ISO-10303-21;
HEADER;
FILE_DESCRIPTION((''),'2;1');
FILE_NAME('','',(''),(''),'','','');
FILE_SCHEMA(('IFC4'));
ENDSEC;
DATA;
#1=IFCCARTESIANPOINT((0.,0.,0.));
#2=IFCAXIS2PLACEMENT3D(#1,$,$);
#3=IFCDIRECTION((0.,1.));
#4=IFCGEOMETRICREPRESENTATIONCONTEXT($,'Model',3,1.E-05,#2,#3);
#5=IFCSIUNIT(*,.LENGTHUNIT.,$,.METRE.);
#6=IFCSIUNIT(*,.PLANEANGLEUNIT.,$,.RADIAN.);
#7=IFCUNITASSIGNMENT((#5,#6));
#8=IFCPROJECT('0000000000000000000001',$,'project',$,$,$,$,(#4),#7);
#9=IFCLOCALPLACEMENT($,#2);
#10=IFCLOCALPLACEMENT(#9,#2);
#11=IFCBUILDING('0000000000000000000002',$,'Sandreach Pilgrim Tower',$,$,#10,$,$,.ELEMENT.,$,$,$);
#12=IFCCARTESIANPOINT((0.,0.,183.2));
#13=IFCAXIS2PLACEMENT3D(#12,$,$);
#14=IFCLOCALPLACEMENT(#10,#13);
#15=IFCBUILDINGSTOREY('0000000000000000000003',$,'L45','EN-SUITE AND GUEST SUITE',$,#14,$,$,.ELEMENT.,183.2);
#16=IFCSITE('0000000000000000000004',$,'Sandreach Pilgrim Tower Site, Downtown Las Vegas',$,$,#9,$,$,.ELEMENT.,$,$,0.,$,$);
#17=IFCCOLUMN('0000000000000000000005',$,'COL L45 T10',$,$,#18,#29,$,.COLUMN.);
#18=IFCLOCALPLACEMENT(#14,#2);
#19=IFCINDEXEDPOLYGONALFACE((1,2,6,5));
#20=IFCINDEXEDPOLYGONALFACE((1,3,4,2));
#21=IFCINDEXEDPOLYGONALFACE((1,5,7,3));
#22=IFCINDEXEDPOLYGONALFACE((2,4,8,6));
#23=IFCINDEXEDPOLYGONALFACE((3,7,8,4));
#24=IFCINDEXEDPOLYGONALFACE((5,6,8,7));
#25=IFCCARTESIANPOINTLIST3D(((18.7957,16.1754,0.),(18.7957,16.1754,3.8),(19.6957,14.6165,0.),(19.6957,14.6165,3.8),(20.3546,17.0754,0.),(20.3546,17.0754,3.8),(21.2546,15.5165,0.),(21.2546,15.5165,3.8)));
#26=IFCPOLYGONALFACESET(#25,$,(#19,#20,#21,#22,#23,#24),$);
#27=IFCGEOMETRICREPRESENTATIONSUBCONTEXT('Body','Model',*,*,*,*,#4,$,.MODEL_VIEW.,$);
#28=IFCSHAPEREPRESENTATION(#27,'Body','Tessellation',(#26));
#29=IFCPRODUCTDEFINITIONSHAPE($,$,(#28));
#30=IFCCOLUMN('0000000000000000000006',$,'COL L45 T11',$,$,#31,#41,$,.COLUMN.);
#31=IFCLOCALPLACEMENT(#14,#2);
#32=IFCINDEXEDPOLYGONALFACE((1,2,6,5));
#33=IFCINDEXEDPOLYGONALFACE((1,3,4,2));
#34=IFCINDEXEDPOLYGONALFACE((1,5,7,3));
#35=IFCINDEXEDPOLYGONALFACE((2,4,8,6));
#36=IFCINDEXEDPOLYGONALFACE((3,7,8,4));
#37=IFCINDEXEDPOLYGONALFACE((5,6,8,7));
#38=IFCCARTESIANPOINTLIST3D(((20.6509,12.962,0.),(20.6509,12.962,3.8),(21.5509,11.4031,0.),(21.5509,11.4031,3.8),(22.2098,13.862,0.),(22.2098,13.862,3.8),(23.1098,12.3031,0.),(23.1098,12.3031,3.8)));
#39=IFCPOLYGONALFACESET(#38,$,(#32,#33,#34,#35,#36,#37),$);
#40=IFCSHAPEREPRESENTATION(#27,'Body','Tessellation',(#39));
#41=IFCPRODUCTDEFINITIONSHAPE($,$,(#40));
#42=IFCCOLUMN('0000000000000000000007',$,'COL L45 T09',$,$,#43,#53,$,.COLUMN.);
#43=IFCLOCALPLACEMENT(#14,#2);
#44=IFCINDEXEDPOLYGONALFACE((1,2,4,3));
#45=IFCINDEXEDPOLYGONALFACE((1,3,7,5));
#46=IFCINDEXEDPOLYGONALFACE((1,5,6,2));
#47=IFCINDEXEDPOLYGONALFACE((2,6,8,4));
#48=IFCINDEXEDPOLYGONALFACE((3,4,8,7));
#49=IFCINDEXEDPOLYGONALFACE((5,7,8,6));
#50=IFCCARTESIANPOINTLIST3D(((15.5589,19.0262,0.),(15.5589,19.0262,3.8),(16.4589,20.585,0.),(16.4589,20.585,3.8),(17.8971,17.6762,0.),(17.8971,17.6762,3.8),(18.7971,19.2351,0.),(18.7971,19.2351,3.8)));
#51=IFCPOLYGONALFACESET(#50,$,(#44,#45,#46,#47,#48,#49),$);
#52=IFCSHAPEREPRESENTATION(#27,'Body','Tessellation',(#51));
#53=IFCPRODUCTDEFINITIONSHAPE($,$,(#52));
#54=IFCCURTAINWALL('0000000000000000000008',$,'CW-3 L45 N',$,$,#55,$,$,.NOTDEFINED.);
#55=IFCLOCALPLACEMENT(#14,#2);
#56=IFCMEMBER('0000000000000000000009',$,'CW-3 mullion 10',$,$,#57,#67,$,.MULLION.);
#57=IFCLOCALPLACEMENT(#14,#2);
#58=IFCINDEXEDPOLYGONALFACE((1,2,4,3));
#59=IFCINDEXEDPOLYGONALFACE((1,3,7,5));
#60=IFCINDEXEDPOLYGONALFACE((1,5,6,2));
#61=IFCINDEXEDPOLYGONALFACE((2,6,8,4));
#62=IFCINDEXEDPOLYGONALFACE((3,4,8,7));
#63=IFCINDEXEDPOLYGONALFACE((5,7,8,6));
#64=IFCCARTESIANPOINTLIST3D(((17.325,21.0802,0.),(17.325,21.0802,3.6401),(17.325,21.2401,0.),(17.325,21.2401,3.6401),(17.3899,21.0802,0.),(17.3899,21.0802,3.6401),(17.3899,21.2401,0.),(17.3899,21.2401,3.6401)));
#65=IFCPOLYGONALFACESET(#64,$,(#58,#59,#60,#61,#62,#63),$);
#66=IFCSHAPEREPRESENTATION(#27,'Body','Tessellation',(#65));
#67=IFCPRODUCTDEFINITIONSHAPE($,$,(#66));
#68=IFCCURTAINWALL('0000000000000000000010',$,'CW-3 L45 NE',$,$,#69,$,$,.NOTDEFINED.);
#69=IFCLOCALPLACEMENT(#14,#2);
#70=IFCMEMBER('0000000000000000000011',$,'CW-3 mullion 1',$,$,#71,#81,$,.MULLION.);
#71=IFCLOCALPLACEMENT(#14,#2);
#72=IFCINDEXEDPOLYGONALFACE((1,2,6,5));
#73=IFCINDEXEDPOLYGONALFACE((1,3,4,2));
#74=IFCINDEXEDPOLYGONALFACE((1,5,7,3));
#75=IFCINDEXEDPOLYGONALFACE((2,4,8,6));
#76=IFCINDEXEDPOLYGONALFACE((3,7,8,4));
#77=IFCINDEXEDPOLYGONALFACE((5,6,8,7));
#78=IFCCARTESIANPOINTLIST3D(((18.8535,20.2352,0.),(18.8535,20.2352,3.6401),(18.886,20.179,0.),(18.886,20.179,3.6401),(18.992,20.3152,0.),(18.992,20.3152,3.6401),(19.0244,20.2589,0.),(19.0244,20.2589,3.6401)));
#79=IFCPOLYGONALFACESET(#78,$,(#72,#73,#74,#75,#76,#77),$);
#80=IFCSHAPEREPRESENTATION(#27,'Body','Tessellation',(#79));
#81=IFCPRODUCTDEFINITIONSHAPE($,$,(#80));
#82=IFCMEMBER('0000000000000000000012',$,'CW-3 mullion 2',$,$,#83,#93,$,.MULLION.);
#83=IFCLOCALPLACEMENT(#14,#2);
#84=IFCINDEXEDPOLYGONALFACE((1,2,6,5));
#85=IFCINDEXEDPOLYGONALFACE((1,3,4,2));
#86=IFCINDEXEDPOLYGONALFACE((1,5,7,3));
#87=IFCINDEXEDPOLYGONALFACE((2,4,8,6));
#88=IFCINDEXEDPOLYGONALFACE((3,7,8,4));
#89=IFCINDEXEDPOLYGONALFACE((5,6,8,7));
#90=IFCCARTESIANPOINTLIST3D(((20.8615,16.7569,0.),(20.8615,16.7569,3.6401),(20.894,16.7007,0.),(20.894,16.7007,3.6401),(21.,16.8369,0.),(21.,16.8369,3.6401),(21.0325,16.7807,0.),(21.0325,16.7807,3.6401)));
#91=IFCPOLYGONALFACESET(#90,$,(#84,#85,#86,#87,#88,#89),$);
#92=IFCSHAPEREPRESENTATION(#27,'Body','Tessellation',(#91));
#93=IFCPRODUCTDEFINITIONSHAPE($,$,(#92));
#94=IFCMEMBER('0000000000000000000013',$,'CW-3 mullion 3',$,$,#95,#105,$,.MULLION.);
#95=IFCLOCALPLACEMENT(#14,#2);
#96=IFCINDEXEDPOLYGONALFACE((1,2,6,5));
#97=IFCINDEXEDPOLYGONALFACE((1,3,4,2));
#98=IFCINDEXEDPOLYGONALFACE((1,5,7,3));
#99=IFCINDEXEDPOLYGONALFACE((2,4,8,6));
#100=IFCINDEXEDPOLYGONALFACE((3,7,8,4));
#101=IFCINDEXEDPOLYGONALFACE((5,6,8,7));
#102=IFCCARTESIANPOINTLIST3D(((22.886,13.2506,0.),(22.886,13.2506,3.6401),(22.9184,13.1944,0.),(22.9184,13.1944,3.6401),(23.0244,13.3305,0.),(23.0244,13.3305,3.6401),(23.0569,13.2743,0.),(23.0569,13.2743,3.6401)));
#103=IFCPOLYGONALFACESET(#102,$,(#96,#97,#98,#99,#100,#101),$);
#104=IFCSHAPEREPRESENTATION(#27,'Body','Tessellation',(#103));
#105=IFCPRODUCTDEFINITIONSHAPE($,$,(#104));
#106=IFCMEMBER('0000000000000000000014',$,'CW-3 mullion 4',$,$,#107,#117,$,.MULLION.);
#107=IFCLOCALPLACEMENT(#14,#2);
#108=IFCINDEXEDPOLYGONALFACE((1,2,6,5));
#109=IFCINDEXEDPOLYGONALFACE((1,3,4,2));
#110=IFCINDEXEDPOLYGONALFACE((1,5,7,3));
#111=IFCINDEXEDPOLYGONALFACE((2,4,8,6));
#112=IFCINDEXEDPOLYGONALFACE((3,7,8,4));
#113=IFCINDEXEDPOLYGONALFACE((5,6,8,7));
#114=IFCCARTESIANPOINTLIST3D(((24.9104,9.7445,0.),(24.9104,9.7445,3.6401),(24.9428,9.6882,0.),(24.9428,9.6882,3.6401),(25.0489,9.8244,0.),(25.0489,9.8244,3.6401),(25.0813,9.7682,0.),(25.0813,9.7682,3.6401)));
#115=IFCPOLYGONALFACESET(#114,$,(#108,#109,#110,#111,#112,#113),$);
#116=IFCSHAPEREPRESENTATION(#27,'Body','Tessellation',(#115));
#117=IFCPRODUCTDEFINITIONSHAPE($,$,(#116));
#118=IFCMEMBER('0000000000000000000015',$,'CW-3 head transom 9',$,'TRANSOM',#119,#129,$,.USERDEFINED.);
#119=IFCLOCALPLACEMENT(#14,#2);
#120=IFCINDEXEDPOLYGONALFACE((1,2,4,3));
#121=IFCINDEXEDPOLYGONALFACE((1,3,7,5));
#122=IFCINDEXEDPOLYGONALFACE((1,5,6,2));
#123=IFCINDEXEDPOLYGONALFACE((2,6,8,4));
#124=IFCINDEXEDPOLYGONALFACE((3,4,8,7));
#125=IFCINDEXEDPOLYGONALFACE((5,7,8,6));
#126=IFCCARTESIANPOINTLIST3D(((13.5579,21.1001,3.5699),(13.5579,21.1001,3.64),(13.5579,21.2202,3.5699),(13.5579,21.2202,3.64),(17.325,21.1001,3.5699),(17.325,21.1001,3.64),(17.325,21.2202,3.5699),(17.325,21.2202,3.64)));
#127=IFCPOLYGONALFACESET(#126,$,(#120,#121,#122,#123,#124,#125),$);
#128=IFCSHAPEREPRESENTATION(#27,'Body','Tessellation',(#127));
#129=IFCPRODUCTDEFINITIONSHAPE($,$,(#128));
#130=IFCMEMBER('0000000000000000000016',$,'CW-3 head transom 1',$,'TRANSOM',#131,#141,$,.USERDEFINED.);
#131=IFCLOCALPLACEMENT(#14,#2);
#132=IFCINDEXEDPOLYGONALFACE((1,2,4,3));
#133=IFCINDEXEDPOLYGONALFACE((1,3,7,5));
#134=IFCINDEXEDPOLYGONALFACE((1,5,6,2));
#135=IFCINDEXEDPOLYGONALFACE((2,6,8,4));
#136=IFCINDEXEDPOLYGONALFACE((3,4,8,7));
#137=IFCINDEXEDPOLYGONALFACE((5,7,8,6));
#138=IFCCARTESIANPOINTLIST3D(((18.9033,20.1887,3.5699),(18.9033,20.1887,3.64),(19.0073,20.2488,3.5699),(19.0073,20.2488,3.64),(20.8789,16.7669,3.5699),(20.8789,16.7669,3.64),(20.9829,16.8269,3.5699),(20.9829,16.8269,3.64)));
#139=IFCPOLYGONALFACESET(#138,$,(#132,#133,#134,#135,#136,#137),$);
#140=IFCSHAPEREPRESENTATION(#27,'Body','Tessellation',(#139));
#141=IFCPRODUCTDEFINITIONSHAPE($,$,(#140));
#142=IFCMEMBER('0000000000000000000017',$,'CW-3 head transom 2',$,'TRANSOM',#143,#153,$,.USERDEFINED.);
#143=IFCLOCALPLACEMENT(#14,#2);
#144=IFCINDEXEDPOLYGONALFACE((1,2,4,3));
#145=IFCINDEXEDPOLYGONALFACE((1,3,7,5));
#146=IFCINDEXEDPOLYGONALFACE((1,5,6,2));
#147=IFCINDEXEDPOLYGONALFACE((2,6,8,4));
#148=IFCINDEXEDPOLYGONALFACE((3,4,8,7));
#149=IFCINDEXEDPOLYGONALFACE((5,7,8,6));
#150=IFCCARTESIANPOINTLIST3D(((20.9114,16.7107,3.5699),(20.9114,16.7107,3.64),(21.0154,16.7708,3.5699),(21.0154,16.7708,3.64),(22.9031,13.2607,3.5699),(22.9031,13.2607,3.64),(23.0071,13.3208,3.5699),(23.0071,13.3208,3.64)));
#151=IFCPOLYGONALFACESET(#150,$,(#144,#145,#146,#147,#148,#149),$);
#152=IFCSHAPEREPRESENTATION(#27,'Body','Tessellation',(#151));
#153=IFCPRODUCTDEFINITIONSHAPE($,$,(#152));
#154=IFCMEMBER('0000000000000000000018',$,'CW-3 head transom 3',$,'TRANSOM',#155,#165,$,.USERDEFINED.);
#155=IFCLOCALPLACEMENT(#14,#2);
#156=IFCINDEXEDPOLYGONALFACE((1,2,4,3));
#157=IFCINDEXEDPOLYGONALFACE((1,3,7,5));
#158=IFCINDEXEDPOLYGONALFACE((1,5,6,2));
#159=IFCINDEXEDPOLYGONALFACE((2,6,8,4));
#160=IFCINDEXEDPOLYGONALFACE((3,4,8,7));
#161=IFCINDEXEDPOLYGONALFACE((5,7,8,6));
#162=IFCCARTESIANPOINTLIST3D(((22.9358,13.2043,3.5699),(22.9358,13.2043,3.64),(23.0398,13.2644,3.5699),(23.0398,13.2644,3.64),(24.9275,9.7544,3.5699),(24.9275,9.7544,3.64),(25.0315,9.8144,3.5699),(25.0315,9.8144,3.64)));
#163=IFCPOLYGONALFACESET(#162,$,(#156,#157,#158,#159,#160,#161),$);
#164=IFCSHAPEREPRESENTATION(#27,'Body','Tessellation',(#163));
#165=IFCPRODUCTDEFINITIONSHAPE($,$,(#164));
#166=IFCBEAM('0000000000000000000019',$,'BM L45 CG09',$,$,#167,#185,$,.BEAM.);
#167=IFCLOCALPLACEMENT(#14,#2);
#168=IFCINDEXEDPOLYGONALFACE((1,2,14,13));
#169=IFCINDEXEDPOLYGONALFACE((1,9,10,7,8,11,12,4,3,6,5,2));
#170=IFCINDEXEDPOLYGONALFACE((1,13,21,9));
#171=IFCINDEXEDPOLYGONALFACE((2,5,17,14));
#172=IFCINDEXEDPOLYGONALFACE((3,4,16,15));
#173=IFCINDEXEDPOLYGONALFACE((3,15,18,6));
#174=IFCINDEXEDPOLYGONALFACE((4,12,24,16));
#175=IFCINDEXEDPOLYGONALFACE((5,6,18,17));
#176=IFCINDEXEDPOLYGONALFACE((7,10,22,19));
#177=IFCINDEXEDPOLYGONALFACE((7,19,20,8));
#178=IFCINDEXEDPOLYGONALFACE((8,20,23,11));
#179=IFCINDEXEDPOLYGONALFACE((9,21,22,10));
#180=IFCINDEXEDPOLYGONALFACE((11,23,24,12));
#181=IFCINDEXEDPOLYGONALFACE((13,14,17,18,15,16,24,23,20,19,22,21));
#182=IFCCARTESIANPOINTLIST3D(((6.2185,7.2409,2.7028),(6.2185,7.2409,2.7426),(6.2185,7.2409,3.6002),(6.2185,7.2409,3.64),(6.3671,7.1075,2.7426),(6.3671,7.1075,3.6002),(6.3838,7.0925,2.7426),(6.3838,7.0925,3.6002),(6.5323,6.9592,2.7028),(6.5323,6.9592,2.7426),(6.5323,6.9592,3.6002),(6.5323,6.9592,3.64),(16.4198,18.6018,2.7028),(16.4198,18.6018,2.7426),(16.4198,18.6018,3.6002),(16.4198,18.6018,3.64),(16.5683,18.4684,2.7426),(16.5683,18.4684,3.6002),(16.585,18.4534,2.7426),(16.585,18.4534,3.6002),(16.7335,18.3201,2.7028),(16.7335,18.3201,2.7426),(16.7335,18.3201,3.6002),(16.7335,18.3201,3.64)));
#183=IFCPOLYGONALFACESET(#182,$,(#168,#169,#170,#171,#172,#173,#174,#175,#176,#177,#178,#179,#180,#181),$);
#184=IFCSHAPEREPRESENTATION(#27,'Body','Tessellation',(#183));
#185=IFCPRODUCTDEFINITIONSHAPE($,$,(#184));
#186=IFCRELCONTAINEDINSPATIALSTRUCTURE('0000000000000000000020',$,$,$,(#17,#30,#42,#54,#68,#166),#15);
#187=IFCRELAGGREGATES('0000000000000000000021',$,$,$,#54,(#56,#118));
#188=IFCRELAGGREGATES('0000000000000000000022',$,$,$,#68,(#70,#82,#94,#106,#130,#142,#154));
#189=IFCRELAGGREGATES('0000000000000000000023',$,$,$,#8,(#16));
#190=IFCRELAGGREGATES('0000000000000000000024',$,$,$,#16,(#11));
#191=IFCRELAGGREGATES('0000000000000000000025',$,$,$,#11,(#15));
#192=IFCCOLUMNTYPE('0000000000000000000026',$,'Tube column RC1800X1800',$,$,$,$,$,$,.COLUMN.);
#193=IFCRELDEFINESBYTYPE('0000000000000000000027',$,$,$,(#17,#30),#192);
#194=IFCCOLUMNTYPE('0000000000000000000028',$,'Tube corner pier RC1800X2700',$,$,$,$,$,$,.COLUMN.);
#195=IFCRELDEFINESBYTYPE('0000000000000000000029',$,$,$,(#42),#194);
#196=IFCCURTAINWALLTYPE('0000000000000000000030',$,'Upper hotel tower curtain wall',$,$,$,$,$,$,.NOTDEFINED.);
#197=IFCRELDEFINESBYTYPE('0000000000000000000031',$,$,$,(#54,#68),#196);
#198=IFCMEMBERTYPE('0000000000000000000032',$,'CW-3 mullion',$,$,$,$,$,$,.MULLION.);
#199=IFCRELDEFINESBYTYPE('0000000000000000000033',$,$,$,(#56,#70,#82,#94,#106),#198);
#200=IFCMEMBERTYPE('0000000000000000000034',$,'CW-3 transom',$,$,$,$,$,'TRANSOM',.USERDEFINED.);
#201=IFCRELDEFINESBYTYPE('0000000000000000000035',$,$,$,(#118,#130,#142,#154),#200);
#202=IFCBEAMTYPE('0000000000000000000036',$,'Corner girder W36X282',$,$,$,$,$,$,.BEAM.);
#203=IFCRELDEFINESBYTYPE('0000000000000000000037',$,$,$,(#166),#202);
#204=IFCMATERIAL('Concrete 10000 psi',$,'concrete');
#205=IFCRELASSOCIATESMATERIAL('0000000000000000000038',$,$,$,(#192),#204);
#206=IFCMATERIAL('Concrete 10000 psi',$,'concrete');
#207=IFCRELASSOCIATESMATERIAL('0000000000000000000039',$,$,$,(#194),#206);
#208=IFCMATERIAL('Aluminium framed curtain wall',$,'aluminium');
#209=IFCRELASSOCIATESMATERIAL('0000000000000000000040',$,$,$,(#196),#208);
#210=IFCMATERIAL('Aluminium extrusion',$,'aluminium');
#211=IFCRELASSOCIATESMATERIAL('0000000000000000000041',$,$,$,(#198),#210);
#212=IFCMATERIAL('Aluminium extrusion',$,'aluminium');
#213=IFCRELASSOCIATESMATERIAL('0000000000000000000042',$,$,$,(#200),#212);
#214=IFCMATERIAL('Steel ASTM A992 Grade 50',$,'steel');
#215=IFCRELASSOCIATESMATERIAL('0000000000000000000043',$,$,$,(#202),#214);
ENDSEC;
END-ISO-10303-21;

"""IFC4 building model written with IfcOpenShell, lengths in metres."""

from ifc_helpers import new_model, si_unit, direction, frame, origin, origin_2d, place, context, subcontext, project, spatial, rectangle, i_section, extrude, material, material_profile, profile_set, type_object, element, aggregate, save


model = new_model("IFC4")

# Units and contexts
model_context = context("Model", 3, precision=1e-05, world=origin(), true_north=direction((0.0, 1.0)))
body_context = subcontext(model_context, "Body", "Model", "MODEL_VIEW")
ifc_project = project(units=[si_unit("LENGTHUNIT", "METRE"), si_unit("PLANEANGLEUNIT", "RADIAN")], contexts=[model_context])

# Site, building, storey
site_placement = place(None, origin())
site = spatial("IfcSite", under=ifc_project, at=site_placement, Name="Sandreach Pilgrim Tower Site, Downtown Las Vegas", CompositionType="ELEMENT", RefElevation=0.0)
building_placement = place(site_placement, origin())
building = spatial("IfcBuilding", under=site, at=building_placement, Name="Sandreach Pilgrim Tower", CompositionType="ELEMENT")
storey_placement = place(building_placement, frame((0.0, 0.0, 183.2)))
storey = spatial("IfcBuildingStorey", under=building, at=storey_placement, Name="L45", Description="EN-SUITE AND GUEST SUITE", CompositionType="ELEMENT", Elevation=183.2)

# Columns
ifc_material_1 = material(Name="Concrete 10000 psi", Category="concrete")
ifc_material_profile_1 = material_profile(ifc_material_1, rectangle(XDim=1.8, YDim=1.8, at=origin_2d()), Name="RC1800X1800")
ifc_profile_set_1 = profile_set([ifc_material_profile_1], Name="Concrete 10000 psi")
column_type_1 = type_object("IfcColumnType", Name="Tube column RC1800X1800", PredefinedType="COLUMN", material=ifc_profile_set_1)
for number, where, z_axis, x_axis, name in (
    (1, (20.0251, 15.8459, 0.0), (0.0, 0.0, 1.0), (0.866025, 0.5, 0.0), "COL L45 T10"),
    (2, (21.8804, 12.6326, 0.0), (0.0, 0.0, 1.0), (0.866025, 0.5, 0.0), "COL L45 T11"),
):
    element("IfcColumn", number, at=place(storey_placement, frame(where, z_axis=z_axis, x_axis=x_axis)), inside=storey, type_object=column_type_1, Name=name, PredefinedType="COLUMN", context=body_context, shape_type="SweptSolid", body=[
        extrude(rectangle(XDim=1.8, YDim=1.8, at=origin_2d()), origin(), (0.0, 0.0, 1.0), 3.8),
    ])
ifc_material_2 = material(Name="Concrete 10000 psi", Category="concrete")
ifc_material_profile_2 = material_profile(ifc_material_2, rectangle(XDim=1.8, YDim=2.7, at=origin_2d()), Name="RC1800X2700")
ifc_profile_set_2 = profile_set([ifc_material_profile_2], Name="Concrete 10000 psi")
column_type_2 = type_object("IfcColumnType", Name="Tube corner pier RC1800X2700", PredefinedType="COLUMN", material=ifc_profile_set_2)
column_placement = place(storey_placement, frame((17.178, 19.1306, 0.0), z_axis=(0.0, 0.0, 1.0), x_axis=(0.5, 0.866025, 0.0)))
element("IfcColumn", 3, at=column_placement, inside=storey, type_object=column_type_2, Name="COL L45 T09", PredefinedType="COLUMN", context=body_context, shape_type="SweptSolid", body=[
    extrude(rectangle(XDim=1.8, YDim=2.7, at=origin_2d()), origin(), (0.0, 0.0, 1.0), 3.8),
])

# Curtain wall, member
ifc_material_3 = material(Name="Aluminium framed curtain wall", Category="aluminium")
curtain_wall_type = type_object("IfcCurtainWallType", Name="Upper hotel tower curtain wall", PredefinedType="NOTDEFINED", material=ifc_material_3)
curtain_wall_1_placement = place(storey_placement, origin())
curtain_wall_1 = element("IfcCurtainWall", 4, at=curtain_wall_1_placement, inside=storey, type_object=curtain_wall_type, Name="CW-3 L45 N", PredefinedType="NOTDEFINED")
ifc_material_4 = material(Name="Aluminium extrusion", Category="aluminium")
ifc_material_profile_3 = material_profile(ifc_material_4, rectangle(XDim=0.0649, YDim=0.1599, at=origin_2d()), Name="CW-3M 65X160")
ifc_profile_set_3 = profile_set([ifc_material_profile_3], Name="Aluminium extrusion")
member_type_1 = type_object("IfcMemberType", Name="CW-3 mullion", PredefinedType="MULLION", material=ifc_profile_set_3)
member_1_placement = place(storey_placement, frame((17.3574, 21.1602, 0.0), z_axis=(0.0, 0.0, 1.0), x_axis=(1.0, 0.0, 0.0)))
member_1 = element("IfcMember", 5, at=member_1_placement, type_object=member_type_1, Name="CW-3 mullion 10", PredefinedType="MULLION", context=body_context, shape_type="SweptSolid", body=[
    extrude(rectangle(XDim=0.0649, YDim=0.1599, at=origin_2d()), origin(), (0.0, 0.0, 1.0), 3.6401),
])

# Curtain wall, members
curtain_wall_2_placement = place(storey_placement, origin())
curtain_wall_2 = element("IfcCurtainWall", 6, at=curtain_wall_2_placement, inside=storey, type_object=curtain_wall_type, Name="CW-3 L45 NE", PredefinedType="NOTDEFINED")
member_2_placement = place(storey_placement, frame((18.939, 20.2471, 0.0), z_axis=(0.0, 0.0, 1.0), x_axis=(0.5, -0.866025, 0.0)))
member_2 = element("IfcMember", 7, at=member_2_placement, type_object=member_type_1, Name="CW-3 mullion 1", PredefinedType="MULLION", context=body_context, shape_type="SweptSolid", body=[
    extrude(rectangle(XDim=0.0649, YDim=0.1599, at=origin_2d()), origin(), (0.0, 0.0, 1.0), 3.6401),
])
member_3_placement = place(storey_placement, frame((20.947, 16.7688, 0.0), z_axis=(0.0, 0.0, 1.0), x_axis=(0.5, -0.866025, 0.0)))
member_3 = element("IfcMember", 8, at=member_3_placement, type_object=member_type_1, Name="CW-3 mullion 2", PredefinedType="MULLION", context=body_context, shape_type="SweptSolid", body=[
    extrude(rectangle(XDim=0.0649, YDim=0.1599, at=origin_2d()), origin(), (0.0, 0.0, 1.0), 3.6401),
])
member_4_placement = place(storey_placement, frame((22.9714, 13.2625, 0.0), z_axis=(0.0, 0.0, 1.0), x_axis=(0.5, -0.866025, 0.0)))
member_4 = element("IfcMember", 9, at=member_4_placement, type_object=member_type_1, Name="CW-3 mullion 3", PredefinedType="MULLION", context=body_context, shape_type="SweptSolid", body=[
    extrude(rectangle(XDim=0.0649, YDim=0.1599, at=origin_2d()), origin(), (0.0, 0.0, 1.0), 3.6401),
])
member_5_placement = place(storey_placement, frame((24.9958, 9.7563, 0.0), z_axis=(0.0, 0.0, 1.0), x_axis=(0.5, -0.866025, 0.0)))
member_5 = element("IfcMember", 10, at=member_5_placement, type_object=member_type_1, Name="CW-3 mullion 4", PredefinedType="MULLION", context=body_context, shape_type="SweptSolid", body=[
    extrude(rectangle(XDim=0.0649, YDim=0.1599, at=origin_2d()), origin(), (0.0, 0.0, 1.0), 3.6401),
])

# Members
ifc_material_5 = material(Name="Aluminium extrusion", Category="aluminium")
ifc_material_profile_4 = material_profile(ifc_material_5, rectangle(XDim=0.1201, YDim=0.0701, at=origin_2d()), Name="CW-3T 120X70")
ifc_profile_set_4 = profile_set([ifc_material_profile_4], Name="Aluminium extrusion")
member_type_2 = type_object("IfcMemberType", Name="CW-3 transom", ElementType="TRANSOM", PredefinedType="USERDEFINED", material=ifc_profile_set_4)
member_6_placement = place(storey_placement, frame((13.5579, 21.1602, 3.605), z_axis=(1.0, 0.0, 0.0), x_axis=(0.0, 1.0, 0.0)))
member_6 = element("IfcMember", 11, at=member_6_placement, type_object=member_type_2, Name="CW-3 head transom 9", ObjectType="TRANSOM", PredefinedType="USERDEFINED", context=body_context, shape_type="SweptSolid", body=[
    extrude(rectangle(XDim=0.1201, YDim=0.0701, at=origin_2d()), origin(), (0.0, 0.0, 1.0), 3.7671),
])
member_7_placement = place(storey_placement, frame((18.9553, 20.2188, 3.605), z_axis=(0.499993, -0.866029, 0.0), x_axis=(0.866029, 0.499993, 0.0)))
member_7 = element("IfcMember", 12, at=member_7_placement, type_object=member_type_2, Name="CW-3 head transom 1", ObjectType="TRANSOM", PredefinedType="USERDEFINED", context=body_context, shape_type="SweptSolid", body=[
    extrude(rectangle(XDim=0.1201, YDim=0.0701, at=origin_2d()), origin(), (0.0, 0.0, 1.0), 3.9512),
])
member_8_placement = place(storey_placement, frame((20.9634, 16.7407, 3.605), z_axis=(0.499975, -0.86604, 0.0), x_axis=(0.86604, 0.499975, 0.0)))
member_8 = element("IfcMember", 13, at=member_8_placement, type_object=member_type_2, Name="CW-3 head transom 2", ObjectType="TRANSOM", PredefinedType="USERDEFINED", context=body_context, shape_type="SweptSolid", body=[
    extrude(rectangle(XDim=0.1201, YDim=0.0701, at=origin_2d()), origin(), (0.0, 0.0, 1.0), 3.9836),
])
member_9_placement = place(storey_placement, frame((22.9878, 13.2344, 3.605), z_axis=(0.499975, -0.86604, 0.0), x_axis=(0.86604, 0.499975, 0.0)))
member_9 = element("IfcMember", 14, at=member_9_placement, type_object=member_type_2, Name="CW-3 head transom 3", ObjectType="TRANSOM", PredefinedType="USERDEFINED", context=body_context, shape_type="SweptSolid", body=[
    extrude(rectangle(XDim=0.1201, YDim=0.0701, at=origin_2d()), origin(), (0.0, 0.0, 1.0), 3.9836),
])

# Beam
ifc_material_6 = material(Name="Steel ASTM A992 Grade 50", Category="steel")
ifc_material_profile_5 = material_profile(ifc_material_6, i_section(OverallWidth=0.4216, OverallDepth=0.9373, WebThickness=0.0225, FlangeThickness=0.0398, at=origin_2d()), Name="W36X282")
ifc_profile_set_5 = profile_set([ifc_material_profile_5], Name="Steel ASTM A992 Grade 50")
beam_type_1 = type_object("IfcBeamType", Name="Corner girder W36X282", PredefinedType="BEAM", material=ifc_profile_set_5)
beam_1_placement = place(storey_placement, frame((16.5767, 18.4609, 3.1714), z_axis=(-0.668111, -0.744062, 0.0), x_axis=(0.744062, -0.668111, 0.0)))
element("IfcBeam", 15, at=beam_1_placement, inside=storey, type_object=beam_type_1, Name="BM L45 CG09", PredefinedType="BEAM", context=body_context, shape_type="SweptSolid", body=[
    extrude(i_section(OverallWidth=0.4216, OverallDepth=0.9373, WebThickness=0.0225, FlangeThickness=0.0398, at=origin_2d()), origin(), (0.0, 0.0, 1.0), 15.2688),
])

aggregate(curtain_wall_1, [member_1, member_6])
aggregate(curtain_wall_2, [member_2, member_3, member_4, member_5, member_7, member_8, member_9])

save(model, "model.ifc")
